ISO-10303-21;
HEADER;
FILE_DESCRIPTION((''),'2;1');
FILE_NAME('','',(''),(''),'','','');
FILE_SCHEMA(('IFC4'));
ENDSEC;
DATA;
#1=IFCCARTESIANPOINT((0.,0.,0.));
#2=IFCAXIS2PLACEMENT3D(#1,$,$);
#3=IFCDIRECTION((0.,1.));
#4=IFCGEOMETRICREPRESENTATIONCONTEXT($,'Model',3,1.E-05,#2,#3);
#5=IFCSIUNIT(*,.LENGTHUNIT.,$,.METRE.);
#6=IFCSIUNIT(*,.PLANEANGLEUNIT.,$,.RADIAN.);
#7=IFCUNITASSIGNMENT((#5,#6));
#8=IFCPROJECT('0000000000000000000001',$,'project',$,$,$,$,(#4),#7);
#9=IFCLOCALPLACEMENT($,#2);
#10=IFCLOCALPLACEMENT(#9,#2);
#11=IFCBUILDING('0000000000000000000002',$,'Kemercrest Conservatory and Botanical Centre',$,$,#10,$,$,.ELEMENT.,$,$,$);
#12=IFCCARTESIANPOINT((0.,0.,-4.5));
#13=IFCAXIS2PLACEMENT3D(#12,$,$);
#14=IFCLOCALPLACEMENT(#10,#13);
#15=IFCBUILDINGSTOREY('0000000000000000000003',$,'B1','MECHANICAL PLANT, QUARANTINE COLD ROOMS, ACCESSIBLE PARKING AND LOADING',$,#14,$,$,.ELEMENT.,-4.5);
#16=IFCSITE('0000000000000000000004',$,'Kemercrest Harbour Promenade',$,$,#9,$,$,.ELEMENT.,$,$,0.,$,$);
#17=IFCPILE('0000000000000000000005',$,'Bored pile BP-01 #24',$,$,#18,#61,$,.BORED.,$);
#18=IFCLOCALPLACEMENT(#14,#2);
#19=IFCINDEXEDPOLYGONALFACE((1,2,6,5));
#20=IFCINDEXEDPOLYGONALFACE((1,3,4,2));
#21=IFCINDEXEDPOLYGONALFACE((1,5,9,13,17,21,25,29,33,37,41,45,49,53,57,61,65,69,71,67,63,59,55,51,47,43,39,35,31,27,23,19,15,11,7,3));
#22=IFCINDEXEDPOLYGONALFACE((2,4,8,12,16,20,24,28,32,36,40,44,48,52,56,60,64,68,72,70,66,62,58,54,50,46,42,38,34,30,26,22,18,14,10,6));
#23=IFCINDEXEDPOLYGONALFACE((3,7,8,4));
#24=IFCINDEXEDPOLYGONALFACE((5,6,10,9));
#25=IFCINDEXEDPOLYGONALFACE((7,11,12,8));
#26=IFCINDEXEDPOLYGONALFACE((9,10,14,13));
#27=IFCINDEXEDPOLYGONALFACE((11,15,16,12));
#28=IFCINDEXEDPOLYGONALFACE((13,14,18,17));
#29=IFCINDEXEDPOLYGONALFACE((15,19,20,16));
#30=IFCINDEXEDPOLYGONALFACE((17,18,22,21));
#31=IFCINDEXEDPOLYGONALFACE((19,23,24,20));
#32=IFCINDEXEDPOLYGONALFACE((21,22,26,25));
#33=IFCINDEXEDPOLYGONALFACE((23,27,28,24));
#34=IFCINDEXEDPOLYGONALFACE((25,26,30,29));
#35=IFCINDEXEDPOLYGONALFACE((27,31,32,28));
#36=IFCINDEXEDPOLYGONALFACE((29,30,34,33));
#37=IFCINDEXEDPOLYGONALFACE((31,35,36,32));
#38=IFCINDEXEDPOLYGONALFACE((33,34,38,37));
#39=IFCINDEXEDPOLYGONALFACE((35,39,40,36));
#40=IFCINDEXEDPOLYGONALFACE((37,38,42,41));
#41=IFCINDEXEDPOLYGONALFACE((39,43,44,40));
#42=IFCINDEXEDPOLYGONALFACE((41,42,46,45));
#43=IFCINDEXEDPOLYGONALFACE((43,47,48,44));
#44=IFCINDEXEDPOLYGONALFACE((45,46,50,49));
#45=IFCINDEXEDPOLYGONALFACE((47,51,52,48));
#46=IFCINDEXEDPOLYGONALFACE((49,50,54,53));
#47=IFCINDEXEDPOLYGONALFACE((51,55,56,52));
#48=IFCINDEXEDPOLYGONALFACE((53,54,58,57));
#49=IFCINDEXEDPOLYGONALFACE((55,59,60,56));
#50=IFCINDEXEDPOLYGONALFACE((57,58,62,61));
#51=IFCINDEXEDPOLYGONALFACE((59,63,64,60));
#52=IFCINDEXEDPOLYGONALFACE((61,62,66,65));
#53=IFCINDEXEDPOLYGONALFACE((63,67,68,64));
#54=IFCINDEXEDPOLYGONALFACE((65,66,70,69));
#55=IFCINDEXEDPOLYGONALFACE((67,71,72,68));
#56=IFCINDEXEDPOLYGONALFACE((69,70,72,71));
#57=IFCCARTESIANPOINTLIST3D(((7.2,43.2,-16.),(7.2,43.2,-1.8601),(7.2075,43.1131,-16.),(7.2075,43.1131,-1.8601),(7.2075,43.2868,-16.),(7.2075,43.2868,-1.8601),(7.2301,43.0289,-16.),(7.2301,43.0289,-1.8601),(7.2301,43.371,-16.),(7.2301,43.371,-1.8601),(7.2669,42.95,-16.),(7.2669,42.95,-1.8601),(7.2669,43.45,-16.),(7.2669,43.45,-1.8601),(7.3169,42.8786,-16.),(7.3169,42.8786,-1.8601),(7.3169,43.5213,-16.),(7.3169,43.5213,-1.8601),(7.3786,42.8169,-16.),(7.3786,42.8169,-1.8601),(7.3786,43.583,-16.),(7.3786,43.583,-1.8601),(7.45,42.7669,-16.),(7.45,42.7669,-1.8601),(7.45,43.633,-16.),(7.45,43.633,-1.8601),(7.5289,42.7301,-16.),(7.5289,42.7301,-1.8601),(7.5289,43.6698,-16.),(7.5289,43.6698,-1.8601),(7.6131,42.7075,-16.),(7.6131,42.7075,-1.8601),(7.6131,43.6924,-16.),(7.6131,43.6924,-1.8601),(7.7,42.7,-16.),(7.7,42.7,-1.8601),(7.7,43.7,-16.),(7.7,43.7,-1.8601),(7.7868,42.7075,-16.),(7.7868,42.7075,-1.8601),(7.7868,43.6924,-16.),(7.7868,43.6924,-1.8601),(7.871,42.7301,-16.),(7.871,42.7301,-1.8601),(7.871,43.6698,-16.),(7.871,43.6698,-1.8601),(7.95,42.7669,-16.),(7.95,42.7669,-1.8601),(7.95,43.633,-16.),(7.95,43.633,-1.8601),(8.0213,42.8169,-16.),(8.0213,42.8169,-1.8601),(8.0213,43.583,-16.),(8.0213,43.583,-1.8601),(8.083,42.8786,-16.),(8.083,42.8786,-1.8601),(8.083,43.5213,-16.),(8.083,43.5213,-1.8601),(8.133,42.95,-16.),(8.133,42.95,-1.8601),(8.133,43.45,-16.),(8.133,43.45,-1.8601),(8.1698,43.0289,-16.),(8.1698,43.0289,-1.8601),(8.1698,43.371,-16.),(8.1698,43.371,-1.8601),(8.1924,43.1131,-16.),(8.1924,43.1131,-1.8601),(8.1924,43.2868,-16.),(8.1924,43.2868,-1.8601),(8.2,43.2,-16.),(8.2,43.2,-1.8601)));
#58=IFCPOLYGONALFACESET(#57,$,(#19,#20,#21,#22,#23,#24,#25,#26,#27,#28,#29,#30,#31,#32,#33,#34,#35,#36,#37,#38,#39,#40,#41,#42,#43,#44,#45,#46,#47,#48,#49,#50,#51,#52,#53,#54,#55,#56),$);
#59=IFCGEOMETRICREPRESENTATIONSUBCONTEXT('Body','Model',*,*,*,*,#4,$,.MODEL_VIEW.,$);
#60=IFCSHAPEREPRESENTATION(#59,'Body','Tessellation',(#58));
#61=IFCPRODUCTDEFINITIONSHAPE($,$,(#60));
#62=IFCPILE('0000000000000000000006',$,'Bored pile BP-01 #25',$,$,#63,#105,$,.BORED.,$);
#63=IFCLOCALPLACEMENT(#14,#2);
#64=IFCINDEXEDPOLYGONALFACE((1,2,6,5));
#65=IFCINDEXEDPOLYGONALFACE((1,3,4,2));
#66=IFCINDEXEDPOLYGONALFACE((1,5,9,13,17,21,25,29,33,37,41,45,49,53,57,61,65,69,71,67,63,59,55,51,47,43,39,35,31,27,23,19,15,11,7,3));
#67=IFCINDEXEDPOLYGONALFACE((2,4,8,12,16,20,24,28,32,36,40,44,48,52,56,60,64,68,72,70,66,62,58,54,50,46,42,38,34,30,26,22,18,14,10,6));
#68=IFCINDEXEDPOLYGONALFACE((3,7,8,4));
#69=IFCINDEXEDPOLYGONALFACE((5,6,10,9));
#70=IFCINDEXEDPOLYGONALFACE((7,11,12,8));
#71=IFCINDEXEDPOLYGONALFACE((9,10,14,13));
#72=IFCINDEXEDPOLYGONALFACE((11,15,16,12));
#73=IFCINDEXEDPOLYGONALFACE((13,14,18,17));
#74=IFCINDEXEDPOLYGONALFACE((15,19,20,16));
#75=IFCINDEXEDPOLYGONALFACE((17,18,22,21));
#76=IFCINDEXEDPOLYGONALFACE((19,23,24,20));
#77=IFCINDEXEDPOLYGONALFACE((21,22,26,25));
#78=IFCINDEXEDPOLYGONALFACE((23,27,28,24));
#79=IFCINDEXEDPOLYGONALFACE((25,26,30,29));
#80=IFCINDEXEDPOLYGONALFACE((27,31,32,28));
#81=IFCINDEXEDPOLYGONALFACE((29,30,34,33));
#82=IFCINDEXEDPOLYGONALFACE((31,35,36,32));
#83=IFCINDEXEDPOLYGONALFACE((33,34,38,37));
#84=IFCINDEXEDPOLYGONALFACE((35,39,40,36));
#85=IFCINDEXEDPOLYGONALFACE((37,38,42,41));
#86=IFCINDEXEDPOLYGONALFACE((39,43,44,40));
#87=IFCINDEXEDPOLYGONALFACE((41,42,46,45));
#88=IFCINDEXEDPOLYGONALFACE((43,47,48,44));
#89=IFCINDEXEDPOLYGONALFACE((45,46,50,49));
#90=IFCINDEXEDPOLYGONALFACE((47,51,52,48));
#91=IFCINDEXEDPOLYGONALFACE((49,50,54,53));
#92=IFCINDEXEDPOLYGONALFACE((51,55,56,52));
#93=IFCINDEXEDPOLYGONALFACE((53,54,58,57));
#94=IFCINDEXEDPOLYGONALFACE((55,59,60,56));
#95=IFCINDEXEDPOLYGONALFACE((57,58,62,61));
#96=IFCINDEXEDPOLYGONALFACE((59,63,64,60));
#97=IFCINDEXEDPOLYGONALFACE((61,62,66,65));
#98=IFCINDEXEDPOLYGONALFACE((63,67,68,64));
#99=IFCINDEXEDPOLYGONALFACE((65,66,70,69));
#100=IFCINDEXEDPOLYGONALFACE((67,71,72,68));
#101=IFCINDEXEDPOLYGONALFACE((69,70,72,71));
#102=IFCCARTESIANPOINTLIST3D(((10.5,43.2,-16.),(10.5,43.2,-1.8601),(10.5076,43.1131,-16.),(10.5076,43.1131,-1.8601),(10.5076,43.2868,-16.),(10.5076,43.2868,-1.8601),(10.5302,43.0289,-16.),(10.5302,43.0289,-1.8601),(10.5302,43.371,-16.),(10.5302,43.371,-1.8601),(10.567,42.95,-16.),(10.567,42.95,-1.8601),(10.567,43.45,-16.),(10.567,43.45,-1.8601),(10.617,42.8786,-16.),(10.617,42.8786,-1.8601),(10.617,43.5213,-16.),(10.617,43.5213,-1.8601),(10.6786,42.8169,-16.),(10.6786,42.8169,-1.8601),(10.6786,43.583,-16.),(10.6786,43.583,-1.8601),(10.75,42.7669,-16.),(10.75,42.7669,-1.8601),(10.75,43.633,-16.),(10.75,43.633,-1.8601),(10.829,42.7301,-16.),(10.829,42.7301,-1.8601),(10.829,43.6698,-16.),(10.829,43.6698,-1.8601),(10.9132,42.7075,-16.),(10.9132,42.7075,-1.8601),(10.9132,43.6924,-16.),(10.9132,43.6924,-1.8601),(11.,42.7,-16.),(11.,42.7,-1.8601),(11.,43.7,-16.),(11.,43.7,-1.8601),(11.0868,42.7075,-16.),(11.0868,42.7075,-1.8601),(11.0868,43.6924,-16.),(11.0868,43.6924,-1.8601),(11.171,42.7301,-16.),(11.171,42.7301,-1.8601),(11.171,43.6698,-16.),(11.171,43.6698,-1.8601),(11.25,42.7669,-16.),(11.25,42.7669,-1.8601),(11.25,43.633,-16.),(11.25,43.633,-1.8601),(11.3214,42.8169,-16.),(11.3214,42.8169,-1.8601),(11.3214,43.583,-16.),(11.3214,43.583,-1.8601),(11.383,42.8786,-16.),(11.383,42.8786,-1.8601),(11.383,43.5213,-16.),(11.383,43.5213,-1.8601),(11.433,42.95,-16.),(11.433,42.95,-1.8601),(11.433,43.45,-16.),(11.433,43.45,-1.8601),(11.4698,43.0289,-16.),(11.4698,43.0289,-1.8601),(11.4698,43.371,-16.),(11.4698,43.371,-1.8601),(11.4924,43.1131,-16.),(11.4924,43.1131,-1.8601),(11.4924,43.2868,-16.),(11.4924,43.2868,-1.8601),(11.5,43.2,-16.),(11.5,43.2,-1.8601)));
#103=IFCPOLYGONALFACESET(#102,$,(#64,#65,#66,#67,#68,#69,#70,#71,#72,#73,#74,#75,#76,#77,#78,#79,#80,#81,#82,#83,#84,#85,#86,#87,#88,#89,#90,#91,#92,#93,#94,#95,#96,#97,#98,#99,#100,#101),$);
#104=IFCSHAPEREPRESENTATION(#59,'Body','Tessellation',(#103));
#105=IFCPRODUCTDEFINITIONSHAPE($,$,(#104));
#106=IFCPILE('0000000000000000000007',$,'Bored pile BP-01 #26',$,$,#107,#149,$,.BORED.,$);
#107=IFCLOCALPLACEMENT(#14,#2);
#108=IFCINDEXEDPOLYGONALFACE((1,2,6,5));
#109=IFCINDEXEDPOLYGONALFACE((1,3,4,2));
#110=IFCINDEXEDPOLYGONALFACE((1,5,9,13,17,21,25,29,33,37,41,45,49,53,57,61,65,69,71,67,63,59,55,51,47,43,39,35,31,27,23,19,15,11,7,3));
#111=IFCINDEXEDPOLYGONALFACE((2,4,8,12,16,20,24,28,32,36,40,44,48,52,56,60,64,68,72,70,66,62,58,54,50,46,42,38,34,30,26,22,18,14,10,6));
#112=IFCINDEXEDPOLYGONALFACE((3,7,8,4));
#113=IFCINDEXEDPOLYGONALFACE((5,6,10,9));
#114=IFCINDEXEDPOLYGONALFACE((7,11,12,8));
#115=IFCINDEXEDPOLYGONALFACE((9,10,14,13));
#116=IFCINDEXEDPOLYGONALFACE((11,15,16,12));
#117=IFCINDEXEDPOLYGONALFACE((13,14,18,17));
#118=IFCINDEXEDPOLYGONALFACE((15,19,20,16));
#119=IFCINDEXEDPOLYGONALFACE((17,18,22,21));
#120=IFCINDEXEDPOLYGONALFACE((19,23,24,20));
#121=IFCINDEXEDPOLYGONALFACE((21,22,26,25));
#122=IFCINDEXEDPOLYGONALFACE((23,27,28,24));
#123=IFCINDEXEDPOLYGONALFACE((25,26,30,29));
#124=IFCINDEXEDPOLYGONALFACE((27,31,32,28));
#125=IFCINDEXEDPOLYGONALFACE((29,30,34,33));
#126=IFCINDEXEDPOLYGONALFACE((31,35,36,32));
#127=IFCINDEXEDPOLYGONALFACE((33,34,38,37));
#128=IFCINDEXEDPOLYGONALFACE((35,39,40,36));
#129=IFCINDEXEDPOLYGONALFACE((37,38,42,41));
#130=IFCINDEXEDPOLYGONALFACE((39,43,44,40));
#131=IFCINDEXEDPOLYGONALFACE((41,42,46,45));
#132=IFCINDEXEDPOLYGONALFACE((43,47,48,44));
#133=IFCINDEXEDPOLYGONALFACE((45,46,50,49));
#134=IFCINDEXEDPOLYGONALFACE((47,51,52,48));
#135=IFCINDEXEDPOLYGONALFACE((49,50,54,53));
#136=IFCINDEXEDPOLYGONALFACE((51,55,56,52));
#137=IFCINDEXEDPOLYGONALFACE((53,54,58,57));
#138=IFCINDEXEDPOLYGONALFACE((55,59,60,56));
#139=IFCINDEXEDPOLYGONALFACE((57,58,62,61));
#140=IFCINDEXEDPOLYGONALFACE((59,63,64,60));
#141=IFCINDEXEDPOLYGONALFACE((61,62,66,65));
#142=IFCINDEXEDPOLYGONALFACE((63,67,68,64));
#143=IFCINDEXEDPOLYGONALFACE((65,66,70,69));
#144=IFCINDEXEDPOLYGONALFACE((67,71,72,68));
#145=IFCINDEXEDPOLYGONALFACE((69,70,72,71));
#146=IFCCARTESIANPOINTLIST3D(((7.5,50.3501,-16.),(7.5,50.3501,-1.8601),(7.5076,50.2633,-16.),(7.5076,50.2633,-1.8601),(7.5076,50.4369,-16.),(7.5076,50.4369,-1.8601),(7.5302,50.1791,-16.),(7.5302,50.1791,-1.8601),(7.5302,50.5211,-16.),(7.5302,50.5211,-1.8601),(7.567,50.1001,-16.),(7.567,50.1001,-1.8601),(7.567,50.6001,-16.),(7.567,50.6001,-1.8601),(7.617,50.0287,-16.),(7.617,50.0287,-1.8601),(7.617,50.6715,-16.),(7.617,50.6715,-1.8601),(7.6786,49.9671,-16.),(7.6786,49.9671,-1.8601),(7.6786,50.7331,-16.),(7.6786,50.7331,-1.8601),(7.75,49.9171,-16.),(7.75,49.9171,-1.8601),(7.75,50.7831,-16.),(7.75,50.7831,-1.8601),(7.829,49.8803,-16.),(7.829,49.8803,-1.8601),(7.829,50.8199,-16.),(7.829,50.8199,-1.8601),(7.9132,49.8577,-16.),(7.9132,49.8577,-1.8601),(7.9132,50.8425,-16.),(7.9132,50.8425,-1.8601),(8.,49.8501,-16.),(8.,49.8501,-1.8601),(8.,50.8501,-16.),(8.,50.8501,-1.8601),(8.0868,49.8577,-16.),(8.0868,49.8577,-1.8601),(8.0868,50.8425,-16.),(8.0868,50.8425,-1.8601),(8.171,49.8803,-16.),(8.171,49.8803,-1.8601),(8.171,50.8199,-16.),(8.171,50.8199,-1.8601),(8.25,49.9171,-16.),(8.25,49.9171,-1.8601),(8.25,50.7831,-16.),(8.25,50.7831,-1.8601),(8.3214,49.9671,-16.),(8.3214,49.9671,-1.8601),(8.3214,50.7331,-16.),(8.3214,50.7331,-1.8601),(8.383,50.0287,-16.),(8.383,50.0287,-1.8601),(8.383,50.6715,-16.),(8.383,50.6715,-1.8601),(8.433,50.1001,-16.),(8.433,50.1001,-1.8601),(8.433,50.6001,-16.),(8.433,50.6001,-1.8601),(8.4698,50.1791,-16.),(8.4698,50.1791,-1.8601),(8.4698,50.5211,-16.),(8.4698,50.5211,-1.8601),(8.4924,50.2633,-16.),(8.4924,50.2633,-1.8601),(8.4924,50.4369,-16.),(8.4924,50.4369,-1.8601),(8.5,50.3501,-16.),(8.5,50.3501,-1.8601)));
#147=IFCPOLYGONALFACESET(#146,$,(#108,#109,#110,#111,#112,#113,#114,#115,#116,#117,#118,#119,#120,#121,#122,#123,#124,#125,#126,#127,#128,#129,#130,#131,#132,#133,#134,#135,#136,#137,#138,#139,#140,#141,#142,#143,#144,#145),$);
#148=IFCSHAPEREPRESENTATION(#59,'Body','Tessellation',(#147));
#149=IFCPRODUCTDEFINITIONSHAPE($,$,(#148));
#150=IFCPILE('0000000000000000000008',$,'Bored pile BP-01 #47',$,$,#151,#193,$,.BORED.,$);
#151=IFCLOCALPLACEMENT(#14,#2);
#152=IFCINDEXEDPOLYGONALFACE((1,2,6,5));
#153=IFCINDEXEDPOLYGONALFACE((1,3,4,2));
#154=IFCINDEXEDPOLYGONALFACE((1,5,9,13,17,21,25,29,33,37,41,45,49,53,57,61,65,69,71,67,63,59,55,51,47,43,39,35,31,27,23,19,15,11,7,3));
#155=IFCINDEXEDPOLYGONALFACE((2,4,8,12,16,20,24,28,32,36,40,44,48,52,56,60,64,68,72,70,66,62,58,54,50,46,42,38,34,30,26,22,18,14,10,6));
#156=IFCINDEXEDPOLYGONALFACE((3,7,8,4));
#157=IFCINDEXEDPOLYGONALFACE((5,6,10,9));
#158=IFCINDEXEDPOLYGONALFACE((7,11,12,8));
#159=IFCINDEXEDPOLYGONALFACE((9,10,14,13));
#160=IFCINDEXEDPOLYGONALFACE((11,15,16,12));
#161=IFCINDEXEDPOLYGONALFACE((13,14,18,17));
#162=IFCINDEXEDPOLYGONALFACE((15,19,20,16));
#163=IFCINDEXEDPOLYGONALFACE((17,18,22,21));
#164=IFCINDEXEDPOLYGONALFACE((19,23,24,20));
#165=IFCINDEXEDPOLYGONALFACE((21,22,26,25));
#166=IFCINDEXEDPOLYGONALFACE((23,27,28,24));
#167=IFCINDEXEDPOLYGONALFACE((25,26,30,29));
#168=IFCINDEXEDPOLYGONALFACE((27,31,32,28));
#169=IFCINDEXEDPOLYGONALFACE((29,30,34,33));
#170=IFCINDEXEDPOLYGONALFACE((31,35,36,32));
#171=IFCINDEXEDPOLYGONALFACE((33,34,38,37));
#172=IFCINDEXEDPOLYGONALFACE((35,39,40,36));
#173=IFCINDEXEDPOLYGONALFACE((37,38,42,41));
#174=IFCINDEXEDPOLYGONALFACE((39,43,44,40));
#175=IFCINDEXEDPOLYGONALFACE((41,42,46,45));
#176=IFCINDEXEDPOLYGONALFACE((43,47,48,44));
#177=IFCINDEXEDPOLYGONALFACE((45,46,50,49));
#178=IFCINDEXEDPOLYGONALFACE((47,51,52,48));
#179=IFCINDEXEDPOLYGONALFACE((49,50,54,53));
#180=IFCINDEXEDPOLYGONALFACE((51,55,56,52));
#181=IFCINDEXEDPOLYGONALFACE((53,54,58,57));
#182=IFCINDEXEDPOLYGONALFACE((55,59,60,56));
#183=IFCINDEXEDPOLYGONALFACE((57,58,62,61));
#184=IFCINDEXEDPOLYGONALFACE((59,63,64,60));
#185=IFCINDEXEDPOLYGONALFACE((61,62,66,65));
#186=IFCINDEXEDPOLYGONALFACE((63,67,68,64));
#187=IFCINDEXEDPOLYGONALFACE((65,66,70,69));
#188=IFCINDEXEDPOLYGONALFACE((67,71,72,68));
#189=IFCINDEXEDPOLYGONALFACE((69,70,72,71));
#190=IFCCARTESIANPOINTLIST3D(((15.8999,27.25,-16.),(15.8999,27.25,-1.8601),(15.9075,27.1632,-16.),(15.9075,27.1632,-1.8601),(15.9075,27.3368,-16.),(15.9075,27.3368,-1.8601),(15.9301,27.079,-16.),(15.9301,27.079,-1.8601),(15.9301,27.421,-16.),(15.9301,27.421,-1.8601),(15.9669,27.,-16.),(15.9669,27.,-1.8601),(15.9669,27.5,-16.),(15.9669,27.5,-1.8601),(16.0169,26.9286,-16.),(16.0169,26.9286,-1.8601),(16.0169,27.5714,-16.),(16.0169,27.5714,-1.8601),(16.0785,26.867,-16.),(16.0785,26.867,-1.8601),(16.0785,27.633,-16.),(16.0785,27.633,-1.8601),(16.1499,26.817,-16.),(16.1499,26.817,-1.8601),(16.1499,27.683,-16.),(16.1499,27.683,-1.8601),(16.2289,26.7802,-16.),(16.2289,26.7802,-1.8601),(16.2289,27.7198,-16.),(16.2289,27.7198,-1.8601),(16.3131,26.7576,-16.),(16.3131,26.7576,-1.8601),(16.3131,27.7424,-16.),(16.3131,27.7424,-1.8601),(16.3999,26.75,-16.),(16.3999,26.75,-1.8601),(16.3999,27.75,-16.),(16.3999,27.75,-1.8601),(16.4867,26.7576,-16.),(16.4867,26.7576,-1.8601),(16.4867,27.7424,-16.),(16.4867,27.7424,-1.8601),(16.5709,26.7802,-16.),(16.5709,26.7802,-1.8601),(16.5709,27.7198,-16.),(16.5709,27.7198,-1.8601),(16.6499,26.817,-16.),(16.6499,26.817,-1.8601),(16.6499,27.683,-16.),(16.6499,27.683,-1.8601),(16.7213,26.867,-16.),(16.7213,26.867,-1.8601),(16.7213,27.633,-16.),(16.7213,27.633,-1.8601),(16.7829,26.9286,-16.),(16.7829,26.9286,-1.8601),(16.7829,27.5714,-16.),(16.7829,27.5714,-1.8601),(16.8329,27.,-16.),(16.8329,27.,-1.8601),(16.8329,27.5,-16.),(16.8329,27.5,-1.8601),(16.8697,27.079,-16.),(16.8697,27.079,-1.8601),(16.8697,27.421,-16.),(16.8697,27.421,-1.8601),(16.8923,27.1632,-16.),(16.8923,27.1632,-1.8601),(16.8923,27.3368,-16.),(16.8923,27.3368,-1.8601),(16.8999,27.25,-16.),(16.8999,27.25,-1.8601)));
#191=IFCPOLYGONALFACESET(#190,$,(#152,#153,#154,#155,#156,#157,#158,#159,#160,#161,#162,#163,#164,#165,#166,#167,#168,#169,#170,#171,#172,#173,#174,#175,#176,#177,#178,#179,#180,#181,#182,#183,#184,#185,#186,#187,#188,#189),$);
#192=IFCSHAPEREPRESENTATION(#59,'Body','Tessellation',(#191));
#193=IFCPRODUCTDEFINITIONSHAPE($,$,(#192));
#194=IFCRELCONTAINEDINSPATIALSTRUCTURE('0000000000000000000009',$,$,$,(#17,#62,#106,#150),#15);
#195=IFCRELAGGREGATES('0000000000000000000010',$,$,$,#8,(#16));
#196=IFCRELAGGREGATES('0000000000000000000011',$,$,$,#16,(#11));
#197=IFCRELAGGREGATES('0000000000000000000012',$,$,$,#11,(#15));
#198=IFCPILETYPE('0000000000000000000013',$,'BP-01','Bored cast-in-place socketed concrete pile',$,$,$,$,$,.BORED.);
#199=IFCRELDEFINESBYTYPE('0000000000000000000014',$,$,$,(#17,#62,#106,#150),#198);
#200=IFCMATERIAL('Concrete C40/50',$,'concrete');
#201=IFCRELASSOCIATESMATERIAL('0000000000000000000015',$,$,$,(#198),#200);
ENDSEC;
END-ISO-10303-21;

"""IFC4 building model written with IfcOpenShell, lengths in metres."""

from ifc_helpers import new_model, si_unit, direction, frame, origin, origin_2d, place, context, subcontext, project, spatial, circle, extrude, material, material_profile, profile_set, type_object, element, save


model = new_model("IFC4")

# Units and contexts
model_context = context("Model", 3, precision=1e-05, world=origin(), true_north=direction((0.0, 1.0)))
body_context = subcontext(model_context, "Body", "Model", "MODEL_VIEW")
ifc_project = project(units=[si_unit("LENGTHUNIT", "METRE"), si_unit("PLANEANGLEUNIT", "RADIAN")], contexts=[model_context])

# Site, building, storey
site_placement = place(None, origin())
site = spatial("IfcSite", under=ifc_project, at=site_placement, Name="Kemercrest Harbour Promenade", CompositionType="ELEMENT", RefElevation=0.0)
building_placement = place(site_placement, origin())
building = spatial("IfcBuilding", under=site, at=building_placement, Name="Kemercrest Conservatory and Botanical Centre", CompositionType="ELEMENT")
storey_placement = place(building_placement, frame((0.0, 0.0, -4.5)))
storey = spatial("IfcBuildingStorey", under=building, at=storey_placement, Name="B1", Description="MECHANICAL PLANT, QUARANTINE COLD ROOMS, ACCESSIBLE PARKING AND LOADING", CompositionType="ELEMENT", Elevation=-4.5)

# Piles
ifc_material_1 = material(Name="Concrete C40/50", Category="concrete")
ifc_material_profile_1 = material_profile(ifc_material_1, circle(Radius=0.5, at=origin_2d()), Name="BORED PILE 1000")
ifc_profile_set_1 = profile_set([ifc_material_profile_1], Name="Concrete C40/50")
pile_type_1 = type_object("IfcPileType", Name="BP-01", Description="Bored cast-in-place socketed concrete pile", PredefinedType="BORED", material=ifc_profile_set_1)
for number, where, z_axis, x_axis, name in (
    (1, (7.7, 43.2, -1.8601), (0.0, 0.0, -1.0), (1.0, 0.0, 0.0), "Bored pile BP-01 #24"),
    (2, (11.0, 43.2, -1.8601), (0.0, 0.0, -1.0), (1.0, 0.0, 0.0), "Bored pile BP-01 #25"),
    (3, (8.0, 50.3501, -1.8601), (0.0, 0.0, -1.0), (1.0, 0.0, 0.0), "Bored pile BP-01 #26"),
    (4, (16.3999, 27.25, -1.8601), (0.0, 0.0, -1.0), (1.0, 0.0, 0.0), "Bored pile BP-01 #47"),
):
    element("IfcPile", number, at=place(storey_placement, frame(where, z_axis=z_axis, x_axis=x_axis)), inside=storey, type_object=pile_type_1, Name=name, PredefinedType="BORED", context=body_context, shape_type="SweptSolid", body=[
        extrude(circle(Radius=0.5, at=origin_2d()), origin(), (0.0, 0.0, 1.0), 14.1399),
    ])

save(model, "model.ifc")
